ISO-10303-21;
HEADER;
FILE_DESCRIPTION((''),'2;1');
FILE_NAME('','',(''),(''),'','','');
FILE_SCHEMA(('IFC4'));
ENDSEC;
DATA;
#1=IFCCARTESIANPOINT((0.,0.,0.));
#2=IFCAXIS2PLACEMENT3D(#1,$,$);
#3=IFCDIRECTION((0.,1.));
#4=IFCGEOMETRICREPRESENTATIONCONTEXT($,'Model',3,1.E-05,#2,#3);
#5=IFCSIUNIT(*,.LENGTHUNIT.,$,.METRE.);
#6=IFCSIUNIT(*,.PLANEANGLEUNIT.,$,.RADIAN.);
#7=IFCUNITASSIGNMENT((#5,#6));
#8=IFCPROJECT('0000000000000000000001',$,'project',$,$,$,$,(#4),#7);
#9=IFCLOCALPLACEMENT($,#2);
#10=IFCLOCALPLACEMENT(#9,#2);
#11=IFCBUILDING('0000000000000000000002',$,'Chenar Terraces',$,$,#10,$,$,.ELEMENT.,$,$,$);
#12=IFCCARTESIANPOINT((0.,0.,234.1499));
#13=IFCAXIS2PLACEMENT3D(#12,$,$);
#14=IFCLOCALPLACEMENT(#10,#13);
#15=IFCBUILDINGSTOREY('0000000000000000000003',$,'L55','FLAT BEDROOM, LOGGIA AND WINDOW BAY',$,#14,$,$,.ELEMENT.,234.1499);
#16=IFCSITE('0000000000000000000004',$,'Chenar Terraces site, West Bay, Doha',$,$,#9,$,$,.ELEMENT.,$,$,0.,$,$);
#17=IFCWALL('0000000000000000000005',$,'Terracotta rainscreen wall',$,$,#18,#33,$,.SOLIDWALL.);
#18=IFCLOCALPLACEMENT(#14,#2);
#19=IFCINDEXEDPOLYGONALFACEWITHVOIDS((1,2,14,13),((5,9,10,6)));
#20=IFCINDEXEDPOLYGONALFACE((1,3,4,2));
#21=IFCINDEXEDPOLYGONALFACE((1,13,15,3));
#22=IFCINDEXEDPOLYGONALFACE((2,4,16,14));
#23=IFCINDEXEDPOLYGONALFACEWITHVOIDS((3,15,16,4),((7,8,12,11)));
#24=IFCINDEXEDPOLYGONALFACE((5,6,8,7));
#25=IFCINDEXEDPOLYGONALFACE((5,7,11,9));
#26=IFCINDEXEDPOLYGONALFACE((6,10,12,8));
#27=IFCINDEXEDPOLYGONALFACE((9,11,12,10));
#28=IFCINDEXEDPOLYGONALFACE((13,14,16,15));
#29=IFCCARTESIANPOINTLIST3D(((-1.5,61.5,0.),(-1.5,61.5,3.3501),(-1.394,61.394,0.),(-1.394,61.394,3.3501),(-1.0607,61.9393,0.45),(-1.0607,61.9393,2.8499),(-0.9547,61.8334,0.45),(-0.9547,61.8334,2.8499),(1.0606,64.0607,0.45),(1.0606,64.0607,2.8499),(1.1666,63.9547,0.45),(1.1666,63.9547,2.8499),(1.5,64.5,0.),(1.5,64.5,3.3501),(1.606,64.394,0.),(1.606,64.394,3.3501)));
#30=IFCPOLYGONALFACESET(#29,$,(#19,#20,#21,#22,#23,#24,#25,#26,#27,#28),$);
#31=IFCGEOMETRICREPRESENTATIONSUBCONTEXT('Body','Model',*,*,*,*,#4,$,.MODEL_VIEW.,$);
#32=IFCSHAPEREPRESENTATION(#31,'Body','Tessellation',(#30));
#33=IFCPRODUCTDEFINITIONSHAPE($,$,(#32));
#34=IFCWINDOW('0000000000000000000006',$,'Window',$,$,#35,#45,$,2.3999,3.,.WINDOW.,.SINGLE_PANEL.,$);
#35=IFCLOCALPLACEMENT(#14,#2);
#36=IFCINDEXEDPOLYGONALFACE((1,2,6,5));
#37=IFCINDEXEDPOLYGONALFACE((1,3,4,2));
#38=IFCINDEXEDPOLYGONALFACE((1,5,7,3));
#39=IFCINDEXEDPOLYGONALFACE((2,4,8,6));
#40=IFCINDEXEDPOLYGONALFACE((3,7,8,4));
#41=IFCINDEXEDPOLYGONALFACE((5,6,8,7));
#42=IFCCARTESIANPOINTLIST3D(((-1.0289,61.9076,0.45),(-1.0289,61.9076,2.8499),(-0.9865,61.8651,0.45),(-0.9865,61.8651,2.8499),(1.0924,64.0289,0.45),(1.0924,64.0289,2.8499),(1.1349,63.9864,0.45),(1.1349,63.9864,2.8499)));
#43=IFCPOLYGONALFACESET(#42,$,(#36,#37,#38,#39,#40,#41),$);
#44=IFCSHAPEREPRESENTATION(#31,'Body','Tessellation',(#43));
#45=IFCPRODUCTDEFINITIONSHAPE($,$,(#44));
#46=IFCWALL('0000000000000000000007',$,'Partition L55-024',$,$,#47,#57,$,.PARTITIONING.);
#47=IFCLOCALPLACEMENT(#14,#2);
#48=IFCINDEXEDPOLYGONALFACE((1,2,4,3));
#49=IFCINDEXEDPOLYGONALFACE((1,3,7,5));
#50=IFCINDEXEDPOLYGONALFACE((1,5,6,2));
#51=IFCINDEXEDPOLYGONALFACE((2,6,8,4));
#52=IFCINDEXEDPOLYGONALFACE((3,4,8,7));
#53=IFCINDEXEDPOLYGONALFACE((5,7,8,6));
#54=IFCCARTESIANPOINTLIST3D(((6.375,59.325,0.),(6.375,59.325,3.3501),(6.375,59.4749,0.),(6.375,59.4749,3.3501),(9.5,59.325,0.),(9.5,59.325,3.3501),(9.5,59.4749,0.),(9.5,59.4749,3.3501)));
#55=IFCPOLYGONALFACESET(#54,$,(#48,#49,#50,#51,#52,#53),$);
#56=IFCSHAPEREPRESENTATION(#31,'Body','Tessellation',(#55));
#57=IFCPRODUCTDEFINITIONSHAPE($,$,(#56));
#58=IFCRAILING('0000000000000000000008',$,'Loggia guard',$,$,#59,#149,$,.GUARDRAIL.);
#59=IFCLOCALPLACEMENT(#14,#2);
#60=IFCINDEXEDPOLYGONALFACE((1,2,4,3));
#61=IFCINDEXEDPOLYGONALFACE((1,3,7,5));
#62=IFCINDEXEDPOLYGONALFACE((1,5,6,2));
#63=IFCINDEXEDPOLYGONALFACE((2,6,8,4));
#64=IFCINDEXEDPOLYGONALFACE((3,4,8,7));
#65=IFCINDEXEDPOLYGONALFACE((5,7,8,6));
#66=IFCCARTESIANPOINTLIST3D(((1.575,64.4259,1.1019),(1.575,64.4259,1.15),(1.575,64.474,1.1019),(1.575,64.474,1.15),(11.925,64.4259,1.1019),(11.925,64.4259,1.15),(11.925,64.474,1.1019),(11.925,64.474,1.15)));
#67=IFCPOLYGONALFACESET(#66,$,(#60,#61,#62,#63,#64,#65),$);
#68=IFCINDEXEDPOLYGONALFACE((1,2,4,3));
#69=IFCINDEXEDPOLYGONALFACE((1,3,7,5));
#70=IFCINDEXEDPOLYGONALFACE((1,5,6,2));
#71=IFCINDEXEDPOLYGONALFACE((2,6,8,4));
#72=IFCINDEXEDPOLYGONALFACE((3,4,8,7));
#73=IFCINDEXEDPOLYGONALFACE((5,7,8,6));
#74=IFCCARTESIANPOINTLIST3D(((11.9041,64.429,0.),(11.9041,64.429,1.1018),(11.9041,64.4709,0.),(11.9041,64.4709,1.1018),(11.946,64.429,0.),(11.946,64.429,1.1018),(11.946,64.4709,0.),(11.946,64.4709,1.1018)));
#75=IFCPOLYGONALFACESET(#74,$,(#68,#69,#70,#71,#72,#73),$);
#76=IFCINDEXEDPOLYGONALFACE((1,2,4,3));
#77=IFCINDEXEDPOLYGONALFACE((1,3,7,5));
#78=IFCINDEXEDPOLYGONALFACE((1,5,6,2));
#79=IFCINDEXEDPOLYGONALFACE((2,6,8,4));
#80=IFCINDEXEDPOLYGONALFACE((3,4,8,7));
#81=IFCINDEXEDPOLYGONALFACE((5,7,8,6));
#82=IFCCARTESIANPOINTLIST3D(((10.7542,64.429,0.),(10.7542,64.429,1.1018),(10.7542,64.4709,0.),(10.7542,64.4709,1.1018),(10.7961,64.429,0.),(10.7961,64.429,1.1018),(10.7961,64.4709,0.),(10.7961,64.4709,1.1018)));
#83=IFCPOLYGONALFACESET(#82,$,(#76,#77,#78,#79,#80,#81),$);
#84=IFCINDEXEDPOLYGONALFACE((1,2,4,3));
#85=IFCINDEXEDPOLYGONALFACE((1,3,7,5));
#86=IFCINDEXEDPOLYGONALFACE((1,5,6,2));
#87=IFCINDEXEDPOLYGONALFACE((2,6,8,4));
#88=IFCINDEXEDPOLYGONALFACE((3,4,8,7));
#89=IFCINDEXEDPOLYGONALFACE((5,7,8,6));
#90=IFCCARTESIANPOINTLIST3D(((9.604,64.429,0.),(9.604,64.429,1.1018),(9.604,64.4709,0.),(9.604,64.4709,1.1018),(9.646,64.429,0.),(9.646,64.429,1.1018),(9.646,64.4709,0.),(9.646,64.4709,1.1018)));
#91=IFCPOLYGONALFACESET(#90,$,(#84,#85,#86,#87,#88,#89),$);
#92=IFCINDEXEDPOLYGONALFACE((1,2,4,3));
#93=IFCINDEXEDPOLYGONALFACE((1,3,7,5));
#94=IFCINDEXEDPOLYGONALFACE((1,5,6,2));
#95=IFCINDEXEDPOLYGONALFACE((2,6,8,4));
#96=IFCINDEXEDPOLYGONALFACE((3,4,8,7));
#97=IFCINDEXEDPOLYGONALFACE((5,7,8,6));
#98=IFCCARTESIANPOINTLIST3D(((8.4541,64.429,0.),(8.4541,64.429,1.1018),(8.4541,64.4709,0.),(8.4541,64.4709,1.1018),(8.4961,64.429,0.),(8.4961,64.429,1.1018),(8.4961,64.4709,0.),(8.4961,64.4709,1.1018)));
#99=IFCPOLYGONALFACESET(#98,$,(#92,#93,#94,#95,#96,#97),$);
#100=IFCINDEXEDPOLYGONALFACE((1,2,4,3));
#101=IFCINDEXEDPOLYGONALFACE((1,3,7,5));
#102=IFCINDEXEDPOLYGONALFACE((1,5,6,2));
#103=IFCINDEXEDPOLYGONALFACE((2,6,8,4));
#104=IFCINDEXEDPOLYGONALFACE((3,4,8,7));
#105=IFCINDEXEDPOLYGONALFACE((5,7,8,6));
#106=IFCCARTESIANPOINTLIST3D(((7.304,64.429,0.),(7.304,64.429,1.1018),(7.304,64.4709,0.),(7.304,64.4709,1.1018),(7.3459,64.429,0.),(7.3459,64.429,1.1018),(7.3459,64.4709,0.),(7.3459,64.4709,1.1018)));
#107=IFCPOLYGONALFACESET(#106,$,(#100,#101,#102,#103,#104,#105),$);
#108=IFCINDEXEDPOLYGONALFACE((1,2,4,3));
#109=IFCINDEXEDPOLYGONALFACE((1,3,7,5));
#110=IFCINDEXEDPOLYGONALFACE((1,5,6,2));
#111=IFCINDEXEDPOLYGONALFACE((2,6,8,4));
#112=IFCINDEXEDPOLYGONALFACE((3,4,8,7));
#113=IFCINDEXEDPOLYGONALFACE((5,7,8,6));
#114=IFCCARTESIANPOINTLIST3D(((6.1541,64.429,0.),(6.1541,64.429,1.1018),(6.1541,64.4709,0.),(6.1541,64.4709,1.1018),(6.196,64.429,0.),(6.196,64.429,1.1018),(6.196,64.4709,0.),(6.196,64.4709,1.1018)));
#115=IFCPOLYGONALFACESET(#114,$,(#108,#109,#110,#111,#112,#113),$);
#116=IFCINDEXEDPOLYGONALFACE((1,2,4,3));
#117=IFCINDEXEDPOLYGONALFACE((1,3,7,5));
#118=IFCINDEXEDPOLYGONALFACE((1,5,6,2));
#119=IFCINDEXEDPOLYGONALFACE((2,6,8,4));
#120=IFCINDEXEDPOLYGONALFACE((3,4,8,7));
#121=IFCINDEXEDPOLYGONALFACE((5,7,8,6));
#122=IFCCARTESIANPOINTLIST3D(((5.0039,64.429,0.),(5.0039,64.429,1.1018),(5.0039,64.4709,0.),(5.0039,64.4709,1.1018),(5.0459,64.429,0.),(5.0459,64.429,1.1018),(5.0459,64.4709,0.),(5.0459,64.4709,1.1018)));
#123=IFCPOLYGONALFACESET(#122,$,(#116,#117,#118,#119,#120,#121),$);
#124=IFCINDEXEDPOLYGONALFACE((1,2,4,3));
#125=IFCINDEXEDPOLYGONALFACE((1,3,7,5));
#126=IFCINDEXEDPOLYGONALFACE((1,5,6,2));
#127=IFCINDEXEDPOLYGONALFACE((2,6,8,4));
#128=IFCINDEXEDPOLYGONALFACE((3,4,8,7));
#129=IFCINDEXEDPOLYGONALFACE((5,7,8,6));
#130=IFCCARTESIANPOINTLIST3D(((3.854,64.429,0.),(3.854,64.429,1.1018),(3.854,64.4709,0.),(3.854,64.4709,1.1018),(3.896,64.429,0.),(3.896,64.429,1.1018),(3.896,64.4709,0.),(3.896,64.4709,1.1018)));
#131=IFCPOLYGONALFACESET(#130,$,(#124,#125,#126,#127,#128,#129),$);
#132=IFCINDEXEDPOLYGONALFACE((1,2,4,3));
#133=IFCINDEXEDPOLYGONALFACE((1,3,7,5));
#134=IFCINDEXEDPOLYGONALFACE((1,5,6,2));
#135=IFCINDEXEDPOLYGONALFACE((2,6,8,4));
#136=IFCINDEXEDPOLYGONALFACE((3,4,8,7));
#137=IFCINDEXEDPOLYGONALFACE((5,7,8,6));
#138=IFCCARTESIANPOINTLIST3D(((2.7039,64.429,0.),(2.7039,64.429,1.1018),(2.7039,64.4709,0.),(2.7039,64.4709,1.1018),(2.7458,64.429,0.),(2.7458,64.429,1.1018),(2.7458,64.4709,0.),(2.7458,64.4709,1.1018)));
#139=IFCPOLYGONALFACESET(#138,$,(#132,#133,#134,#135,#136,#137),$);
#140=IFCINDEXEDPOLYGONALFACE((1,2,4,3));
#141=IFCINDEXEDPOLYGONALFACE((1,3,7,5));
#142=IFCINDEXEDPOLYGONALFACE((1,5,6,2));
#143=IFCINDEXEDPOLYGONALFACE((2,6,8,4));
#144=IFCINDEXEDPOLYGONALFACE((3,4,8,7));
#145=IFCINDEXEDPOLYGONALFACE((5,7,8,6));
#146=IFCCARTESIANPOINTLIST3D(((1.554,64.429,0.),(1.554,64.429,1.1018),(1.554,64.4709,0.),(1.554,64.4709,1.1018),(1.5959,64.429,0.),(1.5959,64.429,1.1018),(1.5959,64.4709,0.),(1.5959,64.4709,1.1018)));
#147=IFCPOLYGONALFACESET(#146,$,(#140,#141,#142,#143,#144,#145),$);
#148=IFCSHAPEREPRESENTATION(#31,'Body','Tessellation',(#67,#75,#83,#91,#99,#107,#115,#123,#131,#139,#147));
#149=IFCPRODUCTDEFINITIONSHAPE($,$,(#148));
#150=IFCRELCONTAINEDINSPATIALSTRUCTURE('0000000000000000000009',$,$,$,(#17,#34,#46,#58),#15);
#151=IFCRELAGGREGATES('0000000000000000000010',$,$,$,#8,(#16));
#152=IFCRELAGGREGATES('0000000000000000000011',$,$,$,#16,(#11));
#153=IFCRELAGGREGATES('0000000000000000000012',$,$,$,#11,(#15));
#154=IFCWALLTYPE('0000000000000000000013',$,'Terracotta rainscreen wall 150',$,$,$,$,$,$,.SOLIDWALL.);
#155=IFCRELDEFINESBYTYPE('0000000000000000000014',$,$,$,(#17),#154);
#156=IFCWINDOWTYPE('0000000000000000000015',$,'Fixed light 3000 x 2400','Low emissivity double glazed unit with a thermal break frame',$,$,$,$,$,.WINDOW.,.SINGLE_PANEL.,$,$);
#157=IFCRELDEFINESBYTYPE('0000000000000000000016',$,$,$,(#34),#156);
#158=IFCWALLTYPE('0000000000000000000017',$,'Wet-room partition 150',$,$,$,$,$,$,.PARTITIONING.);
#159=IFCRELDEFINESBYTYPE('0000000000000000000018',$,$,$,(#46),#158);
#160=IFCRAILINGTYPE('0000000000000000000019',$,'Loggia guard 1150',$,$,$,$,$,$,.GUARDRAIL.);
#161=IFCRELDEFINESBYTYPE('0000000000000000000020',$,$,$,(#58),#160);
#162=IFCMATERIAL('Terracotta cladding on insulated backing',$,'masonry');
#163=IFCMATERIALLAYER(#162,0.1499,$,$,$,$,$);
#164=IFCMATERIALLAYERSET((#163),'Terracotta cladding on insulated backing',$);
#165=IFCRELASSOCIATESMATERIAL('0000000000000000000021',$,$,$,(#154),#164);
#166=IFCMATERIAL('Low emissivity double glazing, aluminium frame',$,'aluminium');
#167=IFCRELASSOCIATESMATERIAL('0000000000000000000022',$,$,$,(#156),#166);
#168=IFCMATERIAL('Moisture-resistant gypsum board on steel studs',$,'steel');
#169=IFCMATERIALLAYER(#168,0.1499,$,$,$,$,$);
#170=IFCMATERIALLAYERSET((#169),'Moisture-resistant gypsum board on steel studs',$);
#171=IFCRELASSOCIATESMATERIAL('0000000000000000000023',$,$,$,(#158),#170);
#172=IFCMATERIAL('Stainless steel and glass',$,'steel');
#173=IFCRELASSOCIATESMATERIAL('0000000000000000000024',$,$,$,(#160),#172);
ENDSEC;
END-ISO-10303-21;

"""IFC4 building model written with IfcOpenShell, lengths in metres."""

from ifc_helpers import new_model, si_unit, direction, frame, frame_2d, origin, origin_2d, place, context, subcontext, project, spatial, rectangle, extrude, material, layer, layer_set, type_object, element, fill, save


model = new_model("IFC4")

# Units and contexts
model_context = context("Model", 3, precision=1e-05, world=origin(), true_north=direction((0.0, 1.0)))
body_context = subcontext(model_context, "Body", "Model", "MODEL_VIEW")
ifc_project = project(units=[si_unit("LENGTHUNIT", "METRE"), si_unit("PLANEANGLEUNIT", "RADIAN")], contexts=[model_context])

# Site, building, storey
site_placement = place(None, origin())
site = spatial("IfcSite", under=ifc_project, at=site_placement, Name="Chenar Terraces site, West Bay, Doha", CompositionType="ELEMENT", RefElevation=0.0)
building_placement = place(site_placement, origin())
building = spatial("IfcBuilding", under=site, at=building_placement, Name="Chenar Terraces", CompositionType="ELEMENT")
storey_placement = place(building_placement, frame((0.0, 0.0, 234.1499)))
storey = spatial("IfcBuildingStorey", under=building, at=storey_placement, Name="L55", Description="FLAT BEDROOM, LOGGIA AND WINDOW BAY", CompositionType="ELEMENT", Elevation=234.1499)

# Wall, opening, window
ifc_material_1 = material(Name="Terracotta cladding on insulated backing", Category="masonry")
ifc_layer_1 = layer(ifc_material_1, 0.1499)
ifc_layer_set_1 = layer_set([ifc_layer_1], Name="Terracotta cladding on insulated backing")
wall_type_1 = type_object("IfcWallType", Name="Terracotta rainscreen wall 150", PredefinedType="SOLIDWALL", material=ifc_layer_set_1)
wall_1_placement = place(storey_placement, frame((1.553, 64.447, 0.0), z_axis=(0.0, 0.0, 1.0), x_axis=(-0.707107, -0.707107, 0.0)))
wall_1 = element("IfcWall", 1, at=wall_1_placement, inside=storey, type_object=wall_type_1, Name="Terracotta rainscreen wall", PredefinedType="SOLIDWALL", context=body_context, shape_type="SweptSolid", body=[
    extrude(rectangle(XDim=4.2427, YDim=0.1499, at=frame_2d((2.1213, 0.0))), origin(), (0.0, 0.0, 1.0), 3.3501),
])
opening_1_placement = place(wall_1_placement, frame((0.6213, 0.0, 0.45)))
opening_1 = element("IfcOpeningElement", 2, at=opening_1_placement, cuts=wall_1, PredefinedType="OPENING", context=body_context, shape_type="SweptSolid", body=[
    extrude(rectangle(XDim=3.0, YDim=2.3999, at=frame_2d((1.5, 1.2))), frame((0.0, 0.085, 0.0), z_axis=(0.0, -1.0, 0.0), x_axis=(1.0, 0.0, 0.0)), (0.0, 0.0, 1.0), 0.1699),
])
ifc_material_2 = material(Name="Low emissivity double glazing, aluminium frame", Category="aluminium")
window_type_1 = type_object("IfcWindowType", Name="Fixed light 3000 x 2400", Description="Low emissivity double glazed unit with a thermal break frame", PartitioningType="SINGLE_PANEL", PredefinedType="WINDOW", material=ifc_material_2)
window_1_placement = place(opening_1_placement, origin())
window_1 = element("IfcWindow", 3, at=window_1_placement, inside=storey, type_object=window_type_1, Name="Window", OverallHeight=2.3999, OverallWidth=3.0, PartitioningType="SINGLE_PANEL", PredefinedType="WINDOW", context=body_context, shape_type="SweptSolid", body=[
    extrude(rectangle(XDim=3.0, YDim=2.3999, at=frame_2d((1.5, 1.2))), frame((0.0, 0.03, 0.0), z_axis=(0.0, -1.0, 0.0), x_axis=(1.0, 0.0, 0.0)), (0.0, 0.0, 1.0), 0.0601),
])
fill(opening_1, window_1)

# Wall
ifc_material_3 = material(Name="Moisture-resistant gypsum board on steel studs", Category="steel")
ifc_layer_2 = layer(ifc_material_3, 0.1499)
ifc_layer_set_2 = layer_set([ifc_layer_2], Name="Moisture-resistant gypsum board on steel studs")
wall_type_2 = type_object("IfcWallType", Name="Wet-room partition 150", PredefinedType="PARTITIONING", material=ifc_layer_set_2)
wall_2_placement = place(storey_placement, frame((6.375, 59.3999, 0.0), z_axis=(0.0, 0.0, 1.0), x_axis=(1.0, 0.0, 0.0)))
element("IfcWall", 4, at=wall_2_placement, inside=storey, type_object=wall_type_2, Name="Partition L55-024", PredefinedType="PARTITIONING", context=body_context, shape_type="SweptSolid", body=[
    extrude(rectangle(XDim=3.125, YDim=0.1499, at=frame_2d((1.5625, 0.0))), origin(), (0.0, 0.0, 1.0), 3.3501),
])

# Railing
ifc_material_4 = material(Name="Stainless steel and glass", Category="steel")
railing_type = type_object("IfcRailingType", Name="Loggia guard 1150", PredefinedType="GUARDRAIL", material=ifc_material_4)
railing_1_placement = place(storey_placement, frame((11.925, 64.45, 0.0)))
element("IfcRailing", 5, at=railing_1_placement, inside=storey, type_object=railing_type, Name="Loggia guard", PredefinedType="GUARDRAIL", context=body_context, shape_type="SweptSolid", body=[
    extrude(rectangle(XDim=0.0481, YDim=0.0481, at=origin_2d()), frame((0.0, 0.0, 1.126), z_axis=(-1.0, 0.0, 0.0), x_axis=(0.0, -1.0, 0.0)), (0.0, 0.0, 1.0), 10.3501),
    extrude(rectangle(XDim=0.042, YDim=0.042, at=origin_2d()), origin(), (0.0, 0.0, 1.0), 1.1018),
    extrude(rectangle(XDim=0.042, YDim=0.042, at=origin_2d()), frame((-1.1499, 0.0, 0.0)), (0.0, 0.0, 1.0), 1.1018),
    extrude(rectangle(XDim=0.042, YDim=0.042, at=origin_2d()), frame((-2.3, 0.0, 0.0)), (0.0, 0.0, 1.0), 1.1018),
    extrude(rectangle(XDim=0.042, YDim=0.042, at=origin_2d()), frame((-3.45, 0.0, 0.0)), (0.0, 0.0, 1.0), 1.1018),
    extrude(rectangle(XDim=0.042, YDim=0.042, at=origin_2d()), frame((-4.6001, 0.0, 0.0)), (0.0, 0.0, 1.0), 1.1018),
    extrude(rectangle(XDim=0.042, YDim=0.042, at=origin_2d()), frame((-5.75, 0.0, 0.0)), (0.0, 0.0, 1.0), 1.1018),
    extrude(rectangle(XDim=0.042, YDim=0.042, at=origin_2d()), frame((-6.9001, 0.0, 0.0)), (0.0, 0.0, 1.0), 1.1018),
    extrude(rectangle(XDim=0.042, YDim=0.042, at=origin_2d()), frame((-8.05, 0.0, 0.0)), (0.0, 0.0, 1.0), 1.1018),
    extrude(rectangle(XDim=0.042, YDim=0.042, at=origin_2d()), frame((-9.2002, 0.0, 0.0)), (0.0, 0.0, 1.0), 1.1018),
    extrude(rectangle(XDim=0.042, YDim=0.042, at=origin_2d()), frame((-10.3501, 0.0, 0.0)), (0.0, 0.0, 1.0), 1.1018),
])

save(model, "model.ifc")
